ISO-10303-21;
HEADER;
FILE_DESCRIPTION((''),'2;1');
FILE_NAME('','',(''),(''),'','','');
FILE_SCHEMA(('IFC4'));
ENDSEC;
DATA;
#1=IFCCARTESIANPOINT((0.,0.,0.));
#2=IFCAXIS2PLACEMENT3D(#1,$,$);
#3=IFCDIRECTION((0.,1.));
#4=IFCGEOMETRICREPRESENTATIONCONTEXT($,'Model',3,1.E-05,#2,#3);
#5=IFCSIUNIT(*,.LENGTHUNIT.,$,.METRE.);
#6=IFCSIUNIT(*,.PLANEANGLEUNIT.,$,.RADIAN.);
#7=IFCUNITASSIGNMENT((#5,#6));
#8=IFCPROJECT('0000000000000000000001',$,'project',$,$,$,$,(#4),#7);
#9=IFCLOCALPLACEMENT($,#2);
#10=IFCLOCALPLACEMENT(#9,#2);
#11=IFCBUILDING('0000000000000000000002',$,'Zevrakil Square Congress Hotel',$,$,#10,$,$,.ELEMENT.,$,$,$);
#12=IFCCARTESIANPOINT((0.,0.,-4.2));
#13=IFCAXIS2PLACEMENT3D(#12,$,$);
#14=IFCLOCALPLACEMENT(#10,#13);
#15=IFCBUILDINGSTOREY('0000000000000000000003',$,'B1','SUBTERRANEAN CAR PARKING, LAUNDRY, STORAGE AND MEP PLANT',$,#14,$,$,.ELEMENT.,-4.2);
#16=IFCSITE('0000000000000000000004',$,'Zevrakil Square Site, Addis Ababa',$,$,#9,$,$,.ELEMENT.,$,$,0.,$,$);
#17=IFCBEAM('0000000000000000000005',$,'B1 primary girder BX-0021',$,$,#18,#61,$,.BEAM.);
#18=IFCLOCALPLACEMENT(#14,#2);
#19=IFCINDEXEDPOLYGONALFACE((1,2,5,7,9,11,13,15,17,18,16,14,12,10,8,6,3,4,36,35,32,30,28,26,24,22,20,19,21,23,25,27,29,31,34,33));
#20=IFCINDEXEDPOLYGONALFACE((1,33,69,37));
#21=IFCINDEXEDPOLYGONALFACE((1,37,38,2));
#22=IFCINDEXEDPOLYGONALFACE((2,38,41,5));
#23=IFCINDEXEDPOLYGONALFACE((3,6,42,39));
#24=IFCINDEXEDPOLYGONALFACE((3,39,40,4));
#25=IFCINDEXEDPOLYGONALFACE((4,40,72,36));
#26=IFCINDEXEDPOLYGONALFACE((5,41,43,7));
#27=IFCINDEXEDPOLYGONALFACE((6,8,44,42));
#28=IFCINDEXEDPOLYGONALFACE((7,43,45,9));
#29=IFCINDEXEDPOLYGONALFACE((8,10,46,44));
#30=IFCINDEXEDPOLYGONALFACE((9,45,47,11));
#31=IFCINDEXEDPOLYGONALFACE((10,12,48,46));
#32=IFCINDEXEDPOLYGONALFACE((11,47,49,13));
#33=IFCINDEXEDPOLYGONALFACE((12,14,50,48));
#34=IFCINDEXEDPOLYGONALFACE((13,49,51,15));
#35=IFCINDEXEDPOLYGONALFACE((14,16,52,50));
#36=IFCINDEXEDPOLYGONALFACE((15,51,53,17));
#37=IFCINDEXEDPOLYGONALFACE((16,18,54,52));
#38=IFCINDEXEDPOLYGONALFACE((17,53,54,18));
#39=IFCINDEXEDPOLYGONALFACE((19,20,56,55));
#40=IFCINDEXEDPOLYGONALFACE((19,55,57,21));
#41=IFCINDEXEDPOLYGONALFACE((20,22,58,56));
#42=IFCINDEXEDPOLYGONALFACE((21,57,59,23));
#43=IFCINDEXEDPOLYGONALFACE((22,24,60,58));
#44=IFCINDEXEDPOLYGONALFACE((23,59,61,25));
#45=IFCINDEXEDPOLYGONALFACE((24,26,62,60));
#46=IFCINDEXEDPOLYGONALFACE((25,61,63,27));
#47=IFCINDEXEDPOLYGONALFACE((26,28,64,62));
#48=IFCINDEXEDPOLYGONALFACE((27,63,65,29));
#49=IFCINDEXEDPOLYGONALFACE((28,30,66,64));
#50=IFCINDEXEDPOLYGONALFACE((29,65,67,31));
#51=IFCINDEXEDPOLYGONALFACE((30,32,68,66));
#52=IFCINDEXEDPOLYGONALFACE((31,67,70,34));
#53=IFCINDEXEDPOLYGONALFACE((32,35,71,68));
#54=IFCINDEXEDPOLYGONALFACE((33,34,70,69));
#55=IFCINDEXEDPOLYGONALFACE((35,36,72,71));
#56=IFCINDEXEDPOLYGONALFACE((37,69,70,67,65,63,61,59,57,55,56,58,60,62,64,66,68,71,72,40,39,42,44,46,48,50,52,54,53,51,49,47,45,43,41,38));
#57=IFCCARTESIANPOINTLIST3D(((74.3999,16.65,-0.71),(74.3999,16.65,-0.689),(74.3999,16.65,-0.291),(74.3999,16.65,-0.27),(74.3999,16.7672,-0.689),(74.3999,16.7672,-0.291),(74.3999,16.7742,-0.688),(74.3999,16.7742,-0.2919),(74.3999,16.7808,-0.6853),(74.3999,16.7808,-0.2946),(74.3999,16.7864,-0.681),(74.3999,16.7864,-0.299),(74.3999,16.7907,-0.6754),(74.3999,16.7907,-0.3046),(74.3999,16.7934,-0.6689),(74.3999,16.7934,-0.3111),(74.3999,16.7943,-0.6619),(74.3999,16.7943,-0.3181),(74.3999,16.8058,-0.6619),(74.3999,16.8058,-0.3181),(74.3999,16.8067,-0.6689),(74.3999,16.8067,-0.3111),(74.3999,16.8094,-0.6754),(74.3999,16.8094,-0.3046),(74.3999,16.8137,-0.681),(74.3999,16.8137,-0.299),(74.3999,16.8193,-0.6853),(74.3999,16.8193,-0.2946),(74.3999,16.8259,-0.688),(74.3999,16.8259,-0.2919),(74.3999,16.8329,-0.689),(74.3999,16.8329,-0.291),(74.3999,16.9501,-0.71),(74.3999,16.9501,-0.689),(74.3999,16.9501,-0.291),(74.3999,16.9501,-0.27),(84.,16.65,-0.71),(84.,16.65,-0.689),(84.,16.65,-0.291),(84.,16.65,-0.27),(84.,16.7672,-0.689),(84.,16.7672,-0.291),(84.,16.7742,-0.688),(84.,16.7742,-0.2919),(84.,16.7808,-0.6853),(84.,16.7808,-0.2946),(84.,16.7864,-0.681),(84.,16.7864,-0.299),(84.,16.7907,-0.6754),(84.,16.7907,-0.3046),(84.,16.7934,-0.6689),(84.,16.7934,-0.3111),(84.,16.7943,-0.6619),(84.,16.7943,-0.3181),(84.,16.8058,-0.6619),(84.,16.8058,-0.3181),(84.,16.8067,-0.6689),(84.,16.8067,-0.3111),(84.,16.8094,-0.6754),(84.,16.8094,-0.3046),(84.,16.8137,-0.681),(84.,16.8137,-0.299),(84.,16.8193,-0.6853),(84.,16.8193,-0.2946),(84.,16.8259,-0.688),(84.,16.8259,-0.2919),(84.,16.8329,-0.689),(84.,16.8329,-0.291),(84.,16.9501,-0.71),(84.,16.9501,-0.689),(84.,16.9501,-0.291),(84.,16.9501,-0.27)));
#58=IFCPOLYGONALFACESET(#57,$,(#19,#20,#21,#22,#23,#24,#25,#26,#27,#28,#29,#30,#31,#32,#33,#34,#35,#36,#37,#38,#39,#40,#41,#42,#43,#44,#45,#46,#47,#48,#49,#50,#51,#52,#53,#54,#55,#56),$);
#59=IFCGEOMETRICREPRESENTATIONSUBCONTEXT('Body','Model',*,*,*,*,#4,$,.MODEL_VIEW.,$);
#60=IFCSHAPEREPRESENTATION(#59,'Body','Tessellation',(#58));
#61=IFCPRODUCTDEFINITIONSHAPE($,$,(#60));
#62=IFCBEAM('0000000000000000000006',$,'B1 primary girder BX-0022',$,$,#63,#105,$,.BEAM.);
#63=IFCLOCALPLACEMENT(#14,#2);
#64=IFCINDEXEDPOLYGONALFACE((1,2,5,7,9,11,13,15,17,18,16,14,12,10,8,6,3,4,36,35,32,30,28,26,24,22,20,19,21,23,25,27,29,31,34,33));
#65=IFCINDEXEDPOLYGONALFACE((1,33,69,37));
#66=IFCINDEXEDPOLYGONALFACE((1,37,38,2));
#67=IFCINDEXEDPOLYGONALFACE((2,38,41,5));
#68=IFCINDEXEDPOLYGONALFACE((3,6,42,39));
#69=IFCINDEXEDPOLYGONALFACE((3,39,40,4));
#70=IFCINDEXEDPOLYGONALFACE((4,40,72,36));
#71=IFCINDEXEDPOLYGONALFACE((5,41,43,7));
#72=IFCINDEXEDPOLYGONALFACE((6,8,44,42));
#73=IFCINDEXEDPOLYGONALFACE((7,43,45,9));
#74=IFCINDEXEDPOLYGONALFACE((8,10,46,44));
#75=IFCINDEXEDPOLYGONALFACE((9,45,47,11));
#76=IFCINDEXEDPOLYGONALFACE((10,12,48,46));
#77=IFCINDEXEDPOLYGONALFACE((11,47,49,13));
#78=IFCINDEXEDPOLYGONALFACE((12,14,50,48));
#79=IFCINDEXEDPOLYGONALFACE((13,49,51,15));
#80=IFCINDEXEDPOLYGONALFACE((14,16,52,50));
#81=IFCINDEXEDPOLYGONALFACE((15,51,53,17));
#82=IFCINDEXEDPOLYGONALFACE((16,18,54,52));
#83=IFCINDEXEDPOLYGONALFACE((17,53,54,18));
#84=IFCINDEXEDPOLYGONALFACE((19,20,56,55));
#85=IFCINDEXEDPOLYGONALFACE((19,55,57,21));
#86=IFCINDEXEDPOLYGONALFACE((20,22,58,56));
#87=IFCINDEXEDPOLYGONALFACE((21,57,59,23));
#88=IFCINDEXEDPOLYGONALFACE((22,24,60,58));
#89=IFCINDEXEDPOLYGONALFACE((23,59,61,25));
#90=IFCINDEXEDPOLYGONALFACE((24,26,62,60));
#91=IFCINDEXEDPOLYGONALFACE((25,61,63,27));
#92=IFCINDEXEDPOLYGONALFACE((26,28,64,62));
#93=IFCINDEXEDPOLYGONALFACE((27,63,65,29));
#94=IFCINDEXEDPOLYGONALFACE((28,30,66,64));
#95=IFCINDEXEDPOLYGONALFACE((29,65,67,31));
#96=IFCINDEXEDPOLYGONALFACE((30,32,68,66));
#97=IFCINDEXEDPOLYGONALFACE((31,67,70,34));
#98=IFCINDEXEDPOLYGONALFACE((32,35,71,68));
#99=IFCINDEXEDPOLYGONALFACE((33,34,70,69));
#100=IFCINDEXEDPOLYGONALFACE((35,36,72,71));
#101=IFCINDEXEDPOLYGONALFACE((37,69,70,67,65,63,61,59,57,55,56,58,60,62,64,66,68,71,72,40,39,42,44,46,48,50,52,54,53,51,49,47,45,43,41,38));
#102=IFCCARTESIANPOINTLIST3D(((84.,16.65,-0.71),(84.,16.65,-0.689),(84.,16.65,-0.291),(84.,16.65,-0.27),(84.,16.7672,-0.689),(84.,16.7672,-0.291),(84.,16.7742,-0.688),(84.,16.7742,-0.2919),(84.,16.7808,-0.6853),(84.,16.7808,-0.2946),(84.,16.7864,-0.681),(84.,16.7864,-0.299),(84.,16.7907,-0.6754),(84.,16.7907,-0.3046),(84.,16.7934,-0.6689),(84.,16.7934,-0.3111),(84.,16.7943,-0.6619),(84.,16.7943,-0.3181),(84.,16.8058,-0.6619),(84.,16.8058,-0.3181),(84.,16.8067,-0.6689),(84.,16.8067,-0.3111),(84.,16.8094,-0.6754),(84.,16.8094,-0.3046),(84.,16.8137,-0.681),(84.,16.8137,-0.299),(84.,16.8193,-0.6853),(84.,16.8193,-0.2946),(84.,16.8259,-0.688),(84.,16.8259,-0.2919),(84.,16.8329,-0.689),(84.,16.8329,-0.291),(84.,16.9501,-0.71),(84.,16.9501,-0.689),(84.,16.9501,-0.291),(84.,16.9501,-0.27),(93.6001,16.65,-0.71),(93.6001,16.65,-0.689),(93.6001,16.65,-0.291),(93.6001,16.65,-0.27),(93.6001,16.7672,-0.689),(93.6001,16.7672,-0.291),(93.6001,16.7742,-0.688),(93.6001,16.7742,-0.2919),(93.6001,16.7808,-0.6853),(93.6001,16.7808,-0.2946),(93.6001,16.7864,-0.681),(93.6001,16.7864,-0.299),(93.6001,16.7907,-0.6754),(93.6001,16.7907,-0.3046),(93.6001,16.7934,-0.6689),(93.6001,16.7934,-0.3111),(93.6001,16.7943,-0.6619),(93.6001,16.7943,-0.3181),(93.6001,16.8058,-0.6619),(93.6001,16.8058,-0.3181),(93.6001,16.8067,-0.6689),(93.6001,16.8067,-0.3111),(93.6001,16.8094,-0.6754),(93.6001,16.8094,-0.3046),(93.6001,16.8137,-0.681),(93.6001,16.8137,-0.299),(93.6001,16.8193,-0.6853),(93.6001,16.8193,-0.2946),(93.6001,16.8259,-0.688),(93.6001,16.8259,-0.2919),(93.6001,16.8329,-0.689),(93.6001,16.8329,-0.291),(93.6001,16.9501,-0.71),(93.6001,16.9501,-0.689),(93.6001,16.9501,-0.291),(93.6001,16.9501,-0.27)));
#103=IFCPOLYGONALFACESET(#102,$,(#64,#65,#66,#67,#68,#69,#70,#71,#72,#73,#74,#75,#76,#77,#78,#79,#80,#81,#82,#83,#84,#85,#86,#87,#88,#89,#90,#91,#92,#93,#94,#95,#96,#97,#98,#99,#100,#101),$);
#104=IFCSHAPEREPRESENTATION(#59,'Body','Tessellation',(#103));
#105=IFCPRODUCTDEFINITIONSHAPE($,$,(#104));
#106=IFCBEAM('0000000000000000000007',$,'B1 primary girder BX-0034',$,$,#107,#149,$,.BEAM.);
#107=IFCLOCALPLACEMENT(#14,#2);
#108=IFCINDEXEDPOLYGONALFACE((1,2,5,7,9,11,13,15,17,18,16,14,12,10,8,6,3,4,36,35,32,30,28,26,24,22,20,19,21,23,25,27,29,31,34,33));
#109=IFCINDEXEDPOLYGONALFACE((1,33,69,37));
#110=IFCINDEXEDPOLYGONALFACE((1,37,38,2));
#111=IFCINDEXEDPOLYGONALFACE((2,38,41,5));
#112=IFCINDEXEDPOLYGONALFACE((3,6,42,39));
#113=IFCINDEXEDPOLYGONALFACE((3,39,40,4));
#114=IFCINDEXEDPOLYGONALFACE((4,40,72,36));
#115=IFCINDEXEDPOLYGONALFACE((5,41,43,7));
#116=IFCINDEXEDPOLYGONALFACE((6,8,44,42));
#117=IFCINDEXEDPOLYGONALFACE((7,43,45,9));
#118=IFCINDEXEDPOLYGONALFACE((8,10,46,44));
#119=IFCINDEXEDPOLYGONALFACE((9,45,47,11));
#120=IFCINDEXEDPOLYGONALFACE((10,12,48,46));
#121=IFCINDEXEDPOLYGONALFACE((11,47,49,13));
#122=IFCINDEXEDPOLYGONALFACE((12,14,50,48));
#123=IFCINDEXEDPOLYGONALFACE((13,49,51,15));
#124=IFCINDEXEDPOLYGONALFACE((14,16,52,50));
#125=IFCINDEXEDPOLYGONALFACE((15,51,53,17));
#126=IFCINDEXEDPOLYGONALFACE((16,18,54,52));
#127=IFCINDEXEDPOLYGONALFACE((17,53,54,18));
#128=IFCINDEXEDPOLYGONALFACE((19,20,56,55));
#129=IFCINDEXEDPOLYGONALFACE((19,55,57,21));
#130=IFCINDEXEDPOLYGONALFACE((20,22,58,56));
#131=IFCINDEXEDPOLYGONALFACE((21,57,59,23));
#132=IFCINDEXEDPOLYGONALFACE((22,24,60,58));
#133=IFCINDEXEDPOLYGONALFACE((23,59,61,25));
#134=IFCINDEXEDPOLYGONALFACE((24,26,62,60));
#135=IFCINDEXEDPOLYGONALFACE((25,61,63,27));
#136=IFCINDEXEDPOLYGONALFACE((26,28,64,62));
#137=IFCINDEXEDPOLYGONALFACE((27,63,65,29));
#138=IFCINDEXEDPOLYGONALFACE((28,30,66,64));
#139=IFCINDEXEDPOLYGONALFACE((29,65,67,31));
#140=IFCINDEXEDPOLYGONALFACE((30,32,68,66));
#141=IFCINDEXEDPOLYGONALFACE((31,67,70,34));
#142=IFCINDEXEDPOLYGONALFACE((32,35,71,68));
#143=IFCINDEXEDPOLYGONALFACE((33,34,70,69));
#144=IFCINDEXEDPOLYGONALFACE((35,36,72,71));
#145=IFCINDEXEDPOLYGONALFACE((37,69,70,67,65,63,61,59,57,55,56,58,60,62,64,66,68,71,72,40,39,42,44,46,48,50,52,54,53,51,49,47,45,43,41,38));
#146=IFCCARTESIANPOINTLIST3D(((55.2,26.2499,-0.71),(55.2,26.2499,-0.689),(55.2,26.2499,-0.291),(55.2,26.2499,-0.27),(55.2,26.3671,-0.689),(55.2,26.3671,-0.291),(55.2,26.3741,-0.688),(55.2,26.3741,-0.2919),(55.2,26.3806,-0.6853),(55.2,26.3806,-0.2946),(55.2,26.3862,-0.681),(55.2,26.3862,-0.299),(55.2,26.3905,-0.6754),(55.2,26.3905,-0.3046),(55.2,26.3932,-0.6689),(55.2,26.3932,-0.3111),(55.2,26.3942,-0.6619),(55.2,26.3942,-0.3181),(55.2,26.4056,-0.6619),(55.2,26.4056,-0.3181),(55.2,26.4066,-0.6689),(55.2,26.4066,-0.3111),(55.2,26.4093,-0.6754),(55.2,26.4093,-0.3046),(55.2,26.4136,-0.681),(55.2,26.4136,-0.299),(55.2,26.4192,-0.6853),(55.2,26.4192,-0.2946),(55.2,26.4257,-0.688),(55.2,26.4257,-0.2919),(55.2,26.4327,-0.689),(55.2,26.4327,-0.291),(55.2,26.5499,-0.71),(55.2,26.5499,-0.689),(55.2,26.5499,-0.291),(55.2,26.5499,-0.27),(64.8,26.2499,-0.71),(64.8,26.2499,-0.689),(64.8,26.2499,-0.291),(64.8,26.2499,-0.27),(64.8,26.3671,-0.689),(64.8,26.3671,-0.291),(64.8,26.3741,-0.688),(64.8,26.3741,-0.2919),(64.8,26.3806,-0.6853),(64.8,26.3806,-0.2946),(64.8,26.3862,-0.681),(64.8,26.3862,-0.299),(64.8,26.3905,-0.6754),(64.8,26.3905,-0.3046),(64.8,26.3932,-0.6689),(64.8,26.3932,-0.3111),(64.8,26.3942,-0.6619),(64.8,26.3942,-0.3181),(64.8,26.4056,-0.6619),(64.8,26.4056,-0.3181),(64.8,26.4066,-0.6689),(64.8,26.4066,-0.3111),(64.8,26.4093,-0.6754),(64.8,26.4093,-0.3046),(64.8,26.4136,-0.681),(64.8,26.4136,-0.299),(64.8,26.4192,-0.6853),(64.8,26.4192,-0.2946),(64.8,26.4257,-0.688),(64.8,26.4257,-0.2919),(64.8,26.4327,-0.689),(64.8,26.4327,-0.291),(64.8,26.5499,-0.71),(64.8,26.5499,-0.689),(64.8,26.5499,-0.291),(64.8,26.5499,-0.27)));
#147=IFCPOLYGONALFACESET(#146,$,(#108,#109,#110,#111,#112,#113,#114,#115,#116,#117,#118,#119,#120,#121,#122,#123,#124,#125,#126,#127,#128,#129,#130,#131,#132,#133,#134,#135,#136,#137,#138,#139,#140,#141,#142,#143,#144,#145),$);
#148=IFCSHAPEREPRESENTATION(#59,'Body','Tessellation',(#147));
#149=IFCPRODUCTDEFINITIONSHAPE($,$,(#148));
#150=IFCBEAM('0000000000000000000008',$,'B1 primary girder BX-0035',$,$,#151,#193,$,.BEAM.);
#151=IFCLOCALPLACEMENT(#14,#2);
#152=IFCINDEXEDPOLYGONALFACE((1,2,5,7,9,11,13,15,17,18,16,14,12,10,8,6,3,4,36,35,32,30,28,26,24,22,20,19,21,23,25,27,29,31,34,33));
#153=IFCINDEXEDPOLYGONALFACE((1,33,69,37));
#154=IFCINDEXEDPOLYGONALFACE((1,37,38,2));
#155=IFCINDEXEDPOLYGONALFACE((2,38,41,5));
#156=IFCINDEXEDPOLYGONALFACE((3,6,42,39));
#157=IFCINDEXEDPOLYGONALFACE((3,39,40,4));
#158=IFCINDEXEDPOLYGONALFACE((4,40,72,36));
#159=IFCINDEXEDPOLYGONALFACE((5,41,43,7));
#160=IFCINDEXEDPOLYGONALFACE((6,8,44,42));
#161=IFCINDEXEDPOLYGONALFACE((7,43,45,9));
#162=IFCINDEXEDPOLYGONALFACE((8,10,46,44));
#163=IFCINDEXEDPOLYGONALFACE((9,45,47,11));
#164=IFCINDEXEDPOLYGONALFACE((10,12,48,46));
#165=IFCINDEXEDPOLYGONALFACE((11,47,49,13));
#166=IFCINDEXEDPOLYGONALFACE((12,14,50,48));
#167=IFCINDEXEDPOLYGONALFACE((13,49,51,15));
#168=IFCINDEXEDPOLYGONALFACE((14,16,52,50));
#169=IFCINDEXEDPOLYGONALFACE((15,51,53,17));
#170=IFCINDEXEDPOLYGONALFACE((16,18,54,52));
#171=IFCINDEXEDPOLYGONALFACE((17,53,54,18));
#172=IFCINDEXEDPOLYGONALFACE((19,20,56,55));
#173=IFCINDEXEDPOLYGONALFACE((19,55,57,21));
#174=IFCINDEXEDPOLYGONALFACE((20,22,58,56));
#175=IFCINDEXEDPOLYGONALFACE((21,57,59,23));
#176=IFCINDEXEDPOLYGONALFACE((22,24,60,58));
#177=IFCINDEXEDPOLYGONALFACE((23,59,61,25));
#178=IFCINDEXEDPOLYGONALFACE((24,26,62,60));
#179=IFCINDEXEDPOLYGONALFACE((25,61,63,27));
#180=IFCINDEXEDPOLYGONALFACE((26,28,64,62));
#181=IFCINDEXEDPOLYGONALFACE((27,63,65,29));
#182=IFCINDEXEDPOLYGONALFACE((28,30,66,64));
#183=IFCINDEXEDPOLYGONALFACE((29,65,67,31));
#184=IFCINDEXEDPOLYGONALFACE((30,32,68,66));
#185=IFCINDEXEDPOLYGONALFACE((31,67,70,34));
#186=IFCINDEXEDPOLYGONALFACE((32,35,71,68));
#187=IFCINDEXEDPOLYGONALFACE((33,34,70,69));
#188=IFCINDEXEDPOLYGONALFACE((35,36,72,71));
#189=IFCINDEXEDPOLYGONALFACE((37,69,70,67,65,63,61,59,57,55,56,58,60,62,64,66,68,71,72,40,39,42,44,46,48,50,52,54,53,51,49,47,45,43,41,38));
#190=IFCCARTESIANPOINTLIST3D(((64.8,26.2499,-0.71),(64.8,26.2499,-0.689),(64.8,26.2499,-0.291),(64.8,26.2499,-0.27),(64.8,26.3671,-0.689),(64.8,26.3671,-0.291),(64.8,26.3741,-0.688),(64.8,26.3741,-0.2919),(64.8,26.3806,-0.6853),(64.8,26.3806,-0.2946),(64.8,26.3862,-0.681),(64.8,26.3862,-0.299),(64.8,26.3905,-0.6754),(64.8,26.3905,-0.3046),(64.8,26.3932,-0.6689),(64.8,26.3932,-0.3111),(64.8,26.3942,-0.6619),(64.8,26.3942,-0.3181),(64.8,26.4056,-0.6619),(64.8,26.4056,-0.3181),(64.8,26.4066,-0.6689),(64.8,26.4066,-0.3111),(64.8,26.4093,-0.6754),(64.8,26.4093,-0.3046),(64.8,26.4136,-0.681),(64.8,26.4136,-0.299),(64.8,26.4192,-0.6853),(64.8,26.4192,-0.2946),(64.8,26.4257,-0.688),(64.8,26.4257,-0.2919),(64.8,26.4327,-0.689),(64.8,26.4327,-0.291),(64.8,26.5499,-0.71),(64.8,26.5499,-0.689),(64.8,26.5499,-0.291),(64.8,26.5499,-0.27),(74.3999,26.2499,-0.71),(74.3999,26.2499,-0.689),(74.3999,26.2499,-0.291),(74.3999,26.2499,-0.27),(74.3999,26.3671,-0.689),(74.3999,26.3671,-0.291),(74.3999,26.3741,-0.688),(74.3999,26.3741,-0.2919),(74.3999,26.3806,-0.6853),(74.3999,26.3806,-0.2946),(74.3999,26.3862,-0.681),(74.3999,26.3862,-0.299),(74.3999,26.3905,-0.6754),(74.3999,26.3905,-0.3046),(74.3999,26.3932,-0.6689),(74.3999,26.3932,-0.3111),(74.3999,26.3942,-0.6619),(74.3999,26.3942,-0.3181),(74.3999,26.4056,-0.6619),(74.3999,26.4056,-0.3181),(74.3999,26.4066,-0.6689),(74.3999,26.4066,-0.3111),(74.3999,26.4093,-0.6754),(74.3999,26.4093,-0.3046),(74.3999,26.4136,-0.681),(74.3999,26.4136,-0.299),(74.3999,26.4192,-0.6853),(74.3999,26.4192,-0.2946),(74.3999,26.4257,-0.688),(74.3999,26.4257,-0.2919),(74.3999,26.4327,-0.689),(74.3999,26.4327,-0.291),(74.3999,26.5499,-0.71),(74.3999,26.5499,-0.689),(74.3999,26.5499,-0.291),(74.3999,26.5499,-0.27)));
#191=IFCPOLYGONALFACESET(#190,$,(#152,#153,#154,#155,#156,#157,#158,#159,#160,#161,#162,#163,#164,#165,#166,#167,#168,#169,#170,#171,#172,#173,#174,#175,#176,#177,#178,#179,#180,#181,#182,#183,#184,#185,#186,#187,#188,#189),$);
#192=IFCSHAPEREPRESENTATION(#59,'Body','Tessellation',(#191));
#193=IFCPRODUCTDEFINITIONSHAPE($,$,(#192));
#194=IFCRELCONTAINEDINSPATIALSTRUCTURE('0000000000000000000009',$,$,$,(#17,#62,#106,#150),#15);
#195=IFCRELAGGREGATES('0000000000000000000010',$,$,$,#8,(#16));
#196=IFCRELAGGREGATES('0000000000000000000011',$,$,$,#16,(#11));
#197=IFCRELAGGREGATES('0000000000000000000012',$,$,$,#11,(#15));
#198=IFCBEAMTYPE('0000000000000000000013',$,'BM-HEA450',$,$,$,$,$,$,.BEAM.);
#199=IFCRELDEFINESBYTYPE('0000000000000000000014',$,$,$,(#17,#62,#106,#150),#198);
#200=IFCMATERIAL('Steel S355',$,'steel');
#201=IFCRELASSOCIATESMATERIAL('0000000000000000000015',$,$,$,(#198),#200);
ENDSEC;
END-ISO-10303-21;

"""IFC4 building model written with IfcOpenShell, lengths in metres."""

from ifc_helpers import new_model, si_unit, direction, frame, origin, origin_2d, place, context, subcontext, project, spatial, i_section, extrude, material, material_profile, profile_set, type_object, element, save


model = new_model("IFC4")

# Units and contexts
model_context = context("Model", 3, precision=1e-05, world=origin(), true_north=direction((0.0, 1.0)))
body_context = subcontext(model_context, "Body", "Model", "MODEL_VIEW")
ifc_project = project(units=[si_unit("LENGTHUNIT", "METRE"), si_unit("PLANEANGLEUNIT", "RADIAN")], contexts=[model_context])

# Site, building, storey
site_placement = place(None, origin())
site = spatial("IfcSite", under=ifc_project, at=site_placement, Name="Zevrakil Square Site, Addis Ababa", CompositionType="ELEMENT", RefElevation=0.0)
building_placement = place(site_placement, origin())
building = spatial("IfcBuilding", under=site, at=building_placement, Name="Zevrakil Square Congress Hotel", CompositionType="ELEMENT")
storey_placement = place(building_placement, frame((0.0, 0.0, -4.2)))
storey = spatial("IfcBuildingStorey", under=building, at=storey_placement, Name="B1", Description="SUBTERRANEAN CAR PARKING, LAUNDRY, STORAGE AND MEP PLANT", CompositionType="ELEMENT", Elevation=-4.2)

# Beams
ifc_material_1 = material(Name="Steel S355", Category="steel")
ifc_material_profile_1 = material_profile(ifc_material_1, i_section(OverallWidth=0.3, OverallDepth=0.4399, WebThickness=0.0115, FlangeThickness=0.021, FilletRadius=0.0271, at=origin_2d()), Name="HEA 450")
ifc_profile_set_1 = profile_set([ifc_material_profile_1], Name="Steel S355")
beam_type_1 = type_object("IfcBeamType", Name="BM-HEA450", PredefinedType="BEAM", material=ifc_profile_set_1)
for number, where, z_axis, x_axis, name in (
    (1, (74.3999, 16.8, -0.49), (1.0, 0.0, 0.0), (0.0, 1.0, 0.0), "B1 primary girder BX-0021"),
    (2, (84.0, 16.8, -0.49), (1.0, 0.0, 0.0), (0.0, 1.0, 0.0), "B1 primary girder BX-0022"),
    (3, (55.2, 26.3999, -0.49), (1.0, 0.0, 0.0), (0.0, 1.0, 0.0), "B1 primary girder BX-0034"),
):
    element("IfcBeam", number, at=place(storey_placement, frame(where, z_axis=z_axis, x_axis=x_axis)), inside=storey, type_object=beam_type_1, Name=name, PredefinedType="BEAM", context=body_context, shape_type="SweptSolid", body=[
        extrude(i_section(OverallWidth=0.3, OverallDepth=0.4399, WebThickness=0.0115, FlangeThickness=0.021, FilletRadius=0.0271, at=origin_2d()), origin(), (0.0, 0.0, 1.0), 9.6001),
    ])
beam_1_placement = place(storey_placement, frame((64.8, 26.3999, -0.49), z_axis=(1.0, 0.0, 0.0), x_axis=(0.0, 1.0, 0.0)))
element("IfcBeam", 4, at=beam_1_placement, inside=storey, type_object=beam_type_1, Name="B1 primary girder BX-0035", PredefinedType="BEAM", context=body_context, shape_type="SweptSolid", body=[
    extrude(i_section(OverallWidth=0.3, OverallDepth=0.4399, WebThickness=0.0115, FlangeThickness=0.021, FilletRadius=0.0271, at=origin_2d()), origin(), (0.0, 0.0, 1.0), 9.5999),
])

save(model, "model.ifc")
